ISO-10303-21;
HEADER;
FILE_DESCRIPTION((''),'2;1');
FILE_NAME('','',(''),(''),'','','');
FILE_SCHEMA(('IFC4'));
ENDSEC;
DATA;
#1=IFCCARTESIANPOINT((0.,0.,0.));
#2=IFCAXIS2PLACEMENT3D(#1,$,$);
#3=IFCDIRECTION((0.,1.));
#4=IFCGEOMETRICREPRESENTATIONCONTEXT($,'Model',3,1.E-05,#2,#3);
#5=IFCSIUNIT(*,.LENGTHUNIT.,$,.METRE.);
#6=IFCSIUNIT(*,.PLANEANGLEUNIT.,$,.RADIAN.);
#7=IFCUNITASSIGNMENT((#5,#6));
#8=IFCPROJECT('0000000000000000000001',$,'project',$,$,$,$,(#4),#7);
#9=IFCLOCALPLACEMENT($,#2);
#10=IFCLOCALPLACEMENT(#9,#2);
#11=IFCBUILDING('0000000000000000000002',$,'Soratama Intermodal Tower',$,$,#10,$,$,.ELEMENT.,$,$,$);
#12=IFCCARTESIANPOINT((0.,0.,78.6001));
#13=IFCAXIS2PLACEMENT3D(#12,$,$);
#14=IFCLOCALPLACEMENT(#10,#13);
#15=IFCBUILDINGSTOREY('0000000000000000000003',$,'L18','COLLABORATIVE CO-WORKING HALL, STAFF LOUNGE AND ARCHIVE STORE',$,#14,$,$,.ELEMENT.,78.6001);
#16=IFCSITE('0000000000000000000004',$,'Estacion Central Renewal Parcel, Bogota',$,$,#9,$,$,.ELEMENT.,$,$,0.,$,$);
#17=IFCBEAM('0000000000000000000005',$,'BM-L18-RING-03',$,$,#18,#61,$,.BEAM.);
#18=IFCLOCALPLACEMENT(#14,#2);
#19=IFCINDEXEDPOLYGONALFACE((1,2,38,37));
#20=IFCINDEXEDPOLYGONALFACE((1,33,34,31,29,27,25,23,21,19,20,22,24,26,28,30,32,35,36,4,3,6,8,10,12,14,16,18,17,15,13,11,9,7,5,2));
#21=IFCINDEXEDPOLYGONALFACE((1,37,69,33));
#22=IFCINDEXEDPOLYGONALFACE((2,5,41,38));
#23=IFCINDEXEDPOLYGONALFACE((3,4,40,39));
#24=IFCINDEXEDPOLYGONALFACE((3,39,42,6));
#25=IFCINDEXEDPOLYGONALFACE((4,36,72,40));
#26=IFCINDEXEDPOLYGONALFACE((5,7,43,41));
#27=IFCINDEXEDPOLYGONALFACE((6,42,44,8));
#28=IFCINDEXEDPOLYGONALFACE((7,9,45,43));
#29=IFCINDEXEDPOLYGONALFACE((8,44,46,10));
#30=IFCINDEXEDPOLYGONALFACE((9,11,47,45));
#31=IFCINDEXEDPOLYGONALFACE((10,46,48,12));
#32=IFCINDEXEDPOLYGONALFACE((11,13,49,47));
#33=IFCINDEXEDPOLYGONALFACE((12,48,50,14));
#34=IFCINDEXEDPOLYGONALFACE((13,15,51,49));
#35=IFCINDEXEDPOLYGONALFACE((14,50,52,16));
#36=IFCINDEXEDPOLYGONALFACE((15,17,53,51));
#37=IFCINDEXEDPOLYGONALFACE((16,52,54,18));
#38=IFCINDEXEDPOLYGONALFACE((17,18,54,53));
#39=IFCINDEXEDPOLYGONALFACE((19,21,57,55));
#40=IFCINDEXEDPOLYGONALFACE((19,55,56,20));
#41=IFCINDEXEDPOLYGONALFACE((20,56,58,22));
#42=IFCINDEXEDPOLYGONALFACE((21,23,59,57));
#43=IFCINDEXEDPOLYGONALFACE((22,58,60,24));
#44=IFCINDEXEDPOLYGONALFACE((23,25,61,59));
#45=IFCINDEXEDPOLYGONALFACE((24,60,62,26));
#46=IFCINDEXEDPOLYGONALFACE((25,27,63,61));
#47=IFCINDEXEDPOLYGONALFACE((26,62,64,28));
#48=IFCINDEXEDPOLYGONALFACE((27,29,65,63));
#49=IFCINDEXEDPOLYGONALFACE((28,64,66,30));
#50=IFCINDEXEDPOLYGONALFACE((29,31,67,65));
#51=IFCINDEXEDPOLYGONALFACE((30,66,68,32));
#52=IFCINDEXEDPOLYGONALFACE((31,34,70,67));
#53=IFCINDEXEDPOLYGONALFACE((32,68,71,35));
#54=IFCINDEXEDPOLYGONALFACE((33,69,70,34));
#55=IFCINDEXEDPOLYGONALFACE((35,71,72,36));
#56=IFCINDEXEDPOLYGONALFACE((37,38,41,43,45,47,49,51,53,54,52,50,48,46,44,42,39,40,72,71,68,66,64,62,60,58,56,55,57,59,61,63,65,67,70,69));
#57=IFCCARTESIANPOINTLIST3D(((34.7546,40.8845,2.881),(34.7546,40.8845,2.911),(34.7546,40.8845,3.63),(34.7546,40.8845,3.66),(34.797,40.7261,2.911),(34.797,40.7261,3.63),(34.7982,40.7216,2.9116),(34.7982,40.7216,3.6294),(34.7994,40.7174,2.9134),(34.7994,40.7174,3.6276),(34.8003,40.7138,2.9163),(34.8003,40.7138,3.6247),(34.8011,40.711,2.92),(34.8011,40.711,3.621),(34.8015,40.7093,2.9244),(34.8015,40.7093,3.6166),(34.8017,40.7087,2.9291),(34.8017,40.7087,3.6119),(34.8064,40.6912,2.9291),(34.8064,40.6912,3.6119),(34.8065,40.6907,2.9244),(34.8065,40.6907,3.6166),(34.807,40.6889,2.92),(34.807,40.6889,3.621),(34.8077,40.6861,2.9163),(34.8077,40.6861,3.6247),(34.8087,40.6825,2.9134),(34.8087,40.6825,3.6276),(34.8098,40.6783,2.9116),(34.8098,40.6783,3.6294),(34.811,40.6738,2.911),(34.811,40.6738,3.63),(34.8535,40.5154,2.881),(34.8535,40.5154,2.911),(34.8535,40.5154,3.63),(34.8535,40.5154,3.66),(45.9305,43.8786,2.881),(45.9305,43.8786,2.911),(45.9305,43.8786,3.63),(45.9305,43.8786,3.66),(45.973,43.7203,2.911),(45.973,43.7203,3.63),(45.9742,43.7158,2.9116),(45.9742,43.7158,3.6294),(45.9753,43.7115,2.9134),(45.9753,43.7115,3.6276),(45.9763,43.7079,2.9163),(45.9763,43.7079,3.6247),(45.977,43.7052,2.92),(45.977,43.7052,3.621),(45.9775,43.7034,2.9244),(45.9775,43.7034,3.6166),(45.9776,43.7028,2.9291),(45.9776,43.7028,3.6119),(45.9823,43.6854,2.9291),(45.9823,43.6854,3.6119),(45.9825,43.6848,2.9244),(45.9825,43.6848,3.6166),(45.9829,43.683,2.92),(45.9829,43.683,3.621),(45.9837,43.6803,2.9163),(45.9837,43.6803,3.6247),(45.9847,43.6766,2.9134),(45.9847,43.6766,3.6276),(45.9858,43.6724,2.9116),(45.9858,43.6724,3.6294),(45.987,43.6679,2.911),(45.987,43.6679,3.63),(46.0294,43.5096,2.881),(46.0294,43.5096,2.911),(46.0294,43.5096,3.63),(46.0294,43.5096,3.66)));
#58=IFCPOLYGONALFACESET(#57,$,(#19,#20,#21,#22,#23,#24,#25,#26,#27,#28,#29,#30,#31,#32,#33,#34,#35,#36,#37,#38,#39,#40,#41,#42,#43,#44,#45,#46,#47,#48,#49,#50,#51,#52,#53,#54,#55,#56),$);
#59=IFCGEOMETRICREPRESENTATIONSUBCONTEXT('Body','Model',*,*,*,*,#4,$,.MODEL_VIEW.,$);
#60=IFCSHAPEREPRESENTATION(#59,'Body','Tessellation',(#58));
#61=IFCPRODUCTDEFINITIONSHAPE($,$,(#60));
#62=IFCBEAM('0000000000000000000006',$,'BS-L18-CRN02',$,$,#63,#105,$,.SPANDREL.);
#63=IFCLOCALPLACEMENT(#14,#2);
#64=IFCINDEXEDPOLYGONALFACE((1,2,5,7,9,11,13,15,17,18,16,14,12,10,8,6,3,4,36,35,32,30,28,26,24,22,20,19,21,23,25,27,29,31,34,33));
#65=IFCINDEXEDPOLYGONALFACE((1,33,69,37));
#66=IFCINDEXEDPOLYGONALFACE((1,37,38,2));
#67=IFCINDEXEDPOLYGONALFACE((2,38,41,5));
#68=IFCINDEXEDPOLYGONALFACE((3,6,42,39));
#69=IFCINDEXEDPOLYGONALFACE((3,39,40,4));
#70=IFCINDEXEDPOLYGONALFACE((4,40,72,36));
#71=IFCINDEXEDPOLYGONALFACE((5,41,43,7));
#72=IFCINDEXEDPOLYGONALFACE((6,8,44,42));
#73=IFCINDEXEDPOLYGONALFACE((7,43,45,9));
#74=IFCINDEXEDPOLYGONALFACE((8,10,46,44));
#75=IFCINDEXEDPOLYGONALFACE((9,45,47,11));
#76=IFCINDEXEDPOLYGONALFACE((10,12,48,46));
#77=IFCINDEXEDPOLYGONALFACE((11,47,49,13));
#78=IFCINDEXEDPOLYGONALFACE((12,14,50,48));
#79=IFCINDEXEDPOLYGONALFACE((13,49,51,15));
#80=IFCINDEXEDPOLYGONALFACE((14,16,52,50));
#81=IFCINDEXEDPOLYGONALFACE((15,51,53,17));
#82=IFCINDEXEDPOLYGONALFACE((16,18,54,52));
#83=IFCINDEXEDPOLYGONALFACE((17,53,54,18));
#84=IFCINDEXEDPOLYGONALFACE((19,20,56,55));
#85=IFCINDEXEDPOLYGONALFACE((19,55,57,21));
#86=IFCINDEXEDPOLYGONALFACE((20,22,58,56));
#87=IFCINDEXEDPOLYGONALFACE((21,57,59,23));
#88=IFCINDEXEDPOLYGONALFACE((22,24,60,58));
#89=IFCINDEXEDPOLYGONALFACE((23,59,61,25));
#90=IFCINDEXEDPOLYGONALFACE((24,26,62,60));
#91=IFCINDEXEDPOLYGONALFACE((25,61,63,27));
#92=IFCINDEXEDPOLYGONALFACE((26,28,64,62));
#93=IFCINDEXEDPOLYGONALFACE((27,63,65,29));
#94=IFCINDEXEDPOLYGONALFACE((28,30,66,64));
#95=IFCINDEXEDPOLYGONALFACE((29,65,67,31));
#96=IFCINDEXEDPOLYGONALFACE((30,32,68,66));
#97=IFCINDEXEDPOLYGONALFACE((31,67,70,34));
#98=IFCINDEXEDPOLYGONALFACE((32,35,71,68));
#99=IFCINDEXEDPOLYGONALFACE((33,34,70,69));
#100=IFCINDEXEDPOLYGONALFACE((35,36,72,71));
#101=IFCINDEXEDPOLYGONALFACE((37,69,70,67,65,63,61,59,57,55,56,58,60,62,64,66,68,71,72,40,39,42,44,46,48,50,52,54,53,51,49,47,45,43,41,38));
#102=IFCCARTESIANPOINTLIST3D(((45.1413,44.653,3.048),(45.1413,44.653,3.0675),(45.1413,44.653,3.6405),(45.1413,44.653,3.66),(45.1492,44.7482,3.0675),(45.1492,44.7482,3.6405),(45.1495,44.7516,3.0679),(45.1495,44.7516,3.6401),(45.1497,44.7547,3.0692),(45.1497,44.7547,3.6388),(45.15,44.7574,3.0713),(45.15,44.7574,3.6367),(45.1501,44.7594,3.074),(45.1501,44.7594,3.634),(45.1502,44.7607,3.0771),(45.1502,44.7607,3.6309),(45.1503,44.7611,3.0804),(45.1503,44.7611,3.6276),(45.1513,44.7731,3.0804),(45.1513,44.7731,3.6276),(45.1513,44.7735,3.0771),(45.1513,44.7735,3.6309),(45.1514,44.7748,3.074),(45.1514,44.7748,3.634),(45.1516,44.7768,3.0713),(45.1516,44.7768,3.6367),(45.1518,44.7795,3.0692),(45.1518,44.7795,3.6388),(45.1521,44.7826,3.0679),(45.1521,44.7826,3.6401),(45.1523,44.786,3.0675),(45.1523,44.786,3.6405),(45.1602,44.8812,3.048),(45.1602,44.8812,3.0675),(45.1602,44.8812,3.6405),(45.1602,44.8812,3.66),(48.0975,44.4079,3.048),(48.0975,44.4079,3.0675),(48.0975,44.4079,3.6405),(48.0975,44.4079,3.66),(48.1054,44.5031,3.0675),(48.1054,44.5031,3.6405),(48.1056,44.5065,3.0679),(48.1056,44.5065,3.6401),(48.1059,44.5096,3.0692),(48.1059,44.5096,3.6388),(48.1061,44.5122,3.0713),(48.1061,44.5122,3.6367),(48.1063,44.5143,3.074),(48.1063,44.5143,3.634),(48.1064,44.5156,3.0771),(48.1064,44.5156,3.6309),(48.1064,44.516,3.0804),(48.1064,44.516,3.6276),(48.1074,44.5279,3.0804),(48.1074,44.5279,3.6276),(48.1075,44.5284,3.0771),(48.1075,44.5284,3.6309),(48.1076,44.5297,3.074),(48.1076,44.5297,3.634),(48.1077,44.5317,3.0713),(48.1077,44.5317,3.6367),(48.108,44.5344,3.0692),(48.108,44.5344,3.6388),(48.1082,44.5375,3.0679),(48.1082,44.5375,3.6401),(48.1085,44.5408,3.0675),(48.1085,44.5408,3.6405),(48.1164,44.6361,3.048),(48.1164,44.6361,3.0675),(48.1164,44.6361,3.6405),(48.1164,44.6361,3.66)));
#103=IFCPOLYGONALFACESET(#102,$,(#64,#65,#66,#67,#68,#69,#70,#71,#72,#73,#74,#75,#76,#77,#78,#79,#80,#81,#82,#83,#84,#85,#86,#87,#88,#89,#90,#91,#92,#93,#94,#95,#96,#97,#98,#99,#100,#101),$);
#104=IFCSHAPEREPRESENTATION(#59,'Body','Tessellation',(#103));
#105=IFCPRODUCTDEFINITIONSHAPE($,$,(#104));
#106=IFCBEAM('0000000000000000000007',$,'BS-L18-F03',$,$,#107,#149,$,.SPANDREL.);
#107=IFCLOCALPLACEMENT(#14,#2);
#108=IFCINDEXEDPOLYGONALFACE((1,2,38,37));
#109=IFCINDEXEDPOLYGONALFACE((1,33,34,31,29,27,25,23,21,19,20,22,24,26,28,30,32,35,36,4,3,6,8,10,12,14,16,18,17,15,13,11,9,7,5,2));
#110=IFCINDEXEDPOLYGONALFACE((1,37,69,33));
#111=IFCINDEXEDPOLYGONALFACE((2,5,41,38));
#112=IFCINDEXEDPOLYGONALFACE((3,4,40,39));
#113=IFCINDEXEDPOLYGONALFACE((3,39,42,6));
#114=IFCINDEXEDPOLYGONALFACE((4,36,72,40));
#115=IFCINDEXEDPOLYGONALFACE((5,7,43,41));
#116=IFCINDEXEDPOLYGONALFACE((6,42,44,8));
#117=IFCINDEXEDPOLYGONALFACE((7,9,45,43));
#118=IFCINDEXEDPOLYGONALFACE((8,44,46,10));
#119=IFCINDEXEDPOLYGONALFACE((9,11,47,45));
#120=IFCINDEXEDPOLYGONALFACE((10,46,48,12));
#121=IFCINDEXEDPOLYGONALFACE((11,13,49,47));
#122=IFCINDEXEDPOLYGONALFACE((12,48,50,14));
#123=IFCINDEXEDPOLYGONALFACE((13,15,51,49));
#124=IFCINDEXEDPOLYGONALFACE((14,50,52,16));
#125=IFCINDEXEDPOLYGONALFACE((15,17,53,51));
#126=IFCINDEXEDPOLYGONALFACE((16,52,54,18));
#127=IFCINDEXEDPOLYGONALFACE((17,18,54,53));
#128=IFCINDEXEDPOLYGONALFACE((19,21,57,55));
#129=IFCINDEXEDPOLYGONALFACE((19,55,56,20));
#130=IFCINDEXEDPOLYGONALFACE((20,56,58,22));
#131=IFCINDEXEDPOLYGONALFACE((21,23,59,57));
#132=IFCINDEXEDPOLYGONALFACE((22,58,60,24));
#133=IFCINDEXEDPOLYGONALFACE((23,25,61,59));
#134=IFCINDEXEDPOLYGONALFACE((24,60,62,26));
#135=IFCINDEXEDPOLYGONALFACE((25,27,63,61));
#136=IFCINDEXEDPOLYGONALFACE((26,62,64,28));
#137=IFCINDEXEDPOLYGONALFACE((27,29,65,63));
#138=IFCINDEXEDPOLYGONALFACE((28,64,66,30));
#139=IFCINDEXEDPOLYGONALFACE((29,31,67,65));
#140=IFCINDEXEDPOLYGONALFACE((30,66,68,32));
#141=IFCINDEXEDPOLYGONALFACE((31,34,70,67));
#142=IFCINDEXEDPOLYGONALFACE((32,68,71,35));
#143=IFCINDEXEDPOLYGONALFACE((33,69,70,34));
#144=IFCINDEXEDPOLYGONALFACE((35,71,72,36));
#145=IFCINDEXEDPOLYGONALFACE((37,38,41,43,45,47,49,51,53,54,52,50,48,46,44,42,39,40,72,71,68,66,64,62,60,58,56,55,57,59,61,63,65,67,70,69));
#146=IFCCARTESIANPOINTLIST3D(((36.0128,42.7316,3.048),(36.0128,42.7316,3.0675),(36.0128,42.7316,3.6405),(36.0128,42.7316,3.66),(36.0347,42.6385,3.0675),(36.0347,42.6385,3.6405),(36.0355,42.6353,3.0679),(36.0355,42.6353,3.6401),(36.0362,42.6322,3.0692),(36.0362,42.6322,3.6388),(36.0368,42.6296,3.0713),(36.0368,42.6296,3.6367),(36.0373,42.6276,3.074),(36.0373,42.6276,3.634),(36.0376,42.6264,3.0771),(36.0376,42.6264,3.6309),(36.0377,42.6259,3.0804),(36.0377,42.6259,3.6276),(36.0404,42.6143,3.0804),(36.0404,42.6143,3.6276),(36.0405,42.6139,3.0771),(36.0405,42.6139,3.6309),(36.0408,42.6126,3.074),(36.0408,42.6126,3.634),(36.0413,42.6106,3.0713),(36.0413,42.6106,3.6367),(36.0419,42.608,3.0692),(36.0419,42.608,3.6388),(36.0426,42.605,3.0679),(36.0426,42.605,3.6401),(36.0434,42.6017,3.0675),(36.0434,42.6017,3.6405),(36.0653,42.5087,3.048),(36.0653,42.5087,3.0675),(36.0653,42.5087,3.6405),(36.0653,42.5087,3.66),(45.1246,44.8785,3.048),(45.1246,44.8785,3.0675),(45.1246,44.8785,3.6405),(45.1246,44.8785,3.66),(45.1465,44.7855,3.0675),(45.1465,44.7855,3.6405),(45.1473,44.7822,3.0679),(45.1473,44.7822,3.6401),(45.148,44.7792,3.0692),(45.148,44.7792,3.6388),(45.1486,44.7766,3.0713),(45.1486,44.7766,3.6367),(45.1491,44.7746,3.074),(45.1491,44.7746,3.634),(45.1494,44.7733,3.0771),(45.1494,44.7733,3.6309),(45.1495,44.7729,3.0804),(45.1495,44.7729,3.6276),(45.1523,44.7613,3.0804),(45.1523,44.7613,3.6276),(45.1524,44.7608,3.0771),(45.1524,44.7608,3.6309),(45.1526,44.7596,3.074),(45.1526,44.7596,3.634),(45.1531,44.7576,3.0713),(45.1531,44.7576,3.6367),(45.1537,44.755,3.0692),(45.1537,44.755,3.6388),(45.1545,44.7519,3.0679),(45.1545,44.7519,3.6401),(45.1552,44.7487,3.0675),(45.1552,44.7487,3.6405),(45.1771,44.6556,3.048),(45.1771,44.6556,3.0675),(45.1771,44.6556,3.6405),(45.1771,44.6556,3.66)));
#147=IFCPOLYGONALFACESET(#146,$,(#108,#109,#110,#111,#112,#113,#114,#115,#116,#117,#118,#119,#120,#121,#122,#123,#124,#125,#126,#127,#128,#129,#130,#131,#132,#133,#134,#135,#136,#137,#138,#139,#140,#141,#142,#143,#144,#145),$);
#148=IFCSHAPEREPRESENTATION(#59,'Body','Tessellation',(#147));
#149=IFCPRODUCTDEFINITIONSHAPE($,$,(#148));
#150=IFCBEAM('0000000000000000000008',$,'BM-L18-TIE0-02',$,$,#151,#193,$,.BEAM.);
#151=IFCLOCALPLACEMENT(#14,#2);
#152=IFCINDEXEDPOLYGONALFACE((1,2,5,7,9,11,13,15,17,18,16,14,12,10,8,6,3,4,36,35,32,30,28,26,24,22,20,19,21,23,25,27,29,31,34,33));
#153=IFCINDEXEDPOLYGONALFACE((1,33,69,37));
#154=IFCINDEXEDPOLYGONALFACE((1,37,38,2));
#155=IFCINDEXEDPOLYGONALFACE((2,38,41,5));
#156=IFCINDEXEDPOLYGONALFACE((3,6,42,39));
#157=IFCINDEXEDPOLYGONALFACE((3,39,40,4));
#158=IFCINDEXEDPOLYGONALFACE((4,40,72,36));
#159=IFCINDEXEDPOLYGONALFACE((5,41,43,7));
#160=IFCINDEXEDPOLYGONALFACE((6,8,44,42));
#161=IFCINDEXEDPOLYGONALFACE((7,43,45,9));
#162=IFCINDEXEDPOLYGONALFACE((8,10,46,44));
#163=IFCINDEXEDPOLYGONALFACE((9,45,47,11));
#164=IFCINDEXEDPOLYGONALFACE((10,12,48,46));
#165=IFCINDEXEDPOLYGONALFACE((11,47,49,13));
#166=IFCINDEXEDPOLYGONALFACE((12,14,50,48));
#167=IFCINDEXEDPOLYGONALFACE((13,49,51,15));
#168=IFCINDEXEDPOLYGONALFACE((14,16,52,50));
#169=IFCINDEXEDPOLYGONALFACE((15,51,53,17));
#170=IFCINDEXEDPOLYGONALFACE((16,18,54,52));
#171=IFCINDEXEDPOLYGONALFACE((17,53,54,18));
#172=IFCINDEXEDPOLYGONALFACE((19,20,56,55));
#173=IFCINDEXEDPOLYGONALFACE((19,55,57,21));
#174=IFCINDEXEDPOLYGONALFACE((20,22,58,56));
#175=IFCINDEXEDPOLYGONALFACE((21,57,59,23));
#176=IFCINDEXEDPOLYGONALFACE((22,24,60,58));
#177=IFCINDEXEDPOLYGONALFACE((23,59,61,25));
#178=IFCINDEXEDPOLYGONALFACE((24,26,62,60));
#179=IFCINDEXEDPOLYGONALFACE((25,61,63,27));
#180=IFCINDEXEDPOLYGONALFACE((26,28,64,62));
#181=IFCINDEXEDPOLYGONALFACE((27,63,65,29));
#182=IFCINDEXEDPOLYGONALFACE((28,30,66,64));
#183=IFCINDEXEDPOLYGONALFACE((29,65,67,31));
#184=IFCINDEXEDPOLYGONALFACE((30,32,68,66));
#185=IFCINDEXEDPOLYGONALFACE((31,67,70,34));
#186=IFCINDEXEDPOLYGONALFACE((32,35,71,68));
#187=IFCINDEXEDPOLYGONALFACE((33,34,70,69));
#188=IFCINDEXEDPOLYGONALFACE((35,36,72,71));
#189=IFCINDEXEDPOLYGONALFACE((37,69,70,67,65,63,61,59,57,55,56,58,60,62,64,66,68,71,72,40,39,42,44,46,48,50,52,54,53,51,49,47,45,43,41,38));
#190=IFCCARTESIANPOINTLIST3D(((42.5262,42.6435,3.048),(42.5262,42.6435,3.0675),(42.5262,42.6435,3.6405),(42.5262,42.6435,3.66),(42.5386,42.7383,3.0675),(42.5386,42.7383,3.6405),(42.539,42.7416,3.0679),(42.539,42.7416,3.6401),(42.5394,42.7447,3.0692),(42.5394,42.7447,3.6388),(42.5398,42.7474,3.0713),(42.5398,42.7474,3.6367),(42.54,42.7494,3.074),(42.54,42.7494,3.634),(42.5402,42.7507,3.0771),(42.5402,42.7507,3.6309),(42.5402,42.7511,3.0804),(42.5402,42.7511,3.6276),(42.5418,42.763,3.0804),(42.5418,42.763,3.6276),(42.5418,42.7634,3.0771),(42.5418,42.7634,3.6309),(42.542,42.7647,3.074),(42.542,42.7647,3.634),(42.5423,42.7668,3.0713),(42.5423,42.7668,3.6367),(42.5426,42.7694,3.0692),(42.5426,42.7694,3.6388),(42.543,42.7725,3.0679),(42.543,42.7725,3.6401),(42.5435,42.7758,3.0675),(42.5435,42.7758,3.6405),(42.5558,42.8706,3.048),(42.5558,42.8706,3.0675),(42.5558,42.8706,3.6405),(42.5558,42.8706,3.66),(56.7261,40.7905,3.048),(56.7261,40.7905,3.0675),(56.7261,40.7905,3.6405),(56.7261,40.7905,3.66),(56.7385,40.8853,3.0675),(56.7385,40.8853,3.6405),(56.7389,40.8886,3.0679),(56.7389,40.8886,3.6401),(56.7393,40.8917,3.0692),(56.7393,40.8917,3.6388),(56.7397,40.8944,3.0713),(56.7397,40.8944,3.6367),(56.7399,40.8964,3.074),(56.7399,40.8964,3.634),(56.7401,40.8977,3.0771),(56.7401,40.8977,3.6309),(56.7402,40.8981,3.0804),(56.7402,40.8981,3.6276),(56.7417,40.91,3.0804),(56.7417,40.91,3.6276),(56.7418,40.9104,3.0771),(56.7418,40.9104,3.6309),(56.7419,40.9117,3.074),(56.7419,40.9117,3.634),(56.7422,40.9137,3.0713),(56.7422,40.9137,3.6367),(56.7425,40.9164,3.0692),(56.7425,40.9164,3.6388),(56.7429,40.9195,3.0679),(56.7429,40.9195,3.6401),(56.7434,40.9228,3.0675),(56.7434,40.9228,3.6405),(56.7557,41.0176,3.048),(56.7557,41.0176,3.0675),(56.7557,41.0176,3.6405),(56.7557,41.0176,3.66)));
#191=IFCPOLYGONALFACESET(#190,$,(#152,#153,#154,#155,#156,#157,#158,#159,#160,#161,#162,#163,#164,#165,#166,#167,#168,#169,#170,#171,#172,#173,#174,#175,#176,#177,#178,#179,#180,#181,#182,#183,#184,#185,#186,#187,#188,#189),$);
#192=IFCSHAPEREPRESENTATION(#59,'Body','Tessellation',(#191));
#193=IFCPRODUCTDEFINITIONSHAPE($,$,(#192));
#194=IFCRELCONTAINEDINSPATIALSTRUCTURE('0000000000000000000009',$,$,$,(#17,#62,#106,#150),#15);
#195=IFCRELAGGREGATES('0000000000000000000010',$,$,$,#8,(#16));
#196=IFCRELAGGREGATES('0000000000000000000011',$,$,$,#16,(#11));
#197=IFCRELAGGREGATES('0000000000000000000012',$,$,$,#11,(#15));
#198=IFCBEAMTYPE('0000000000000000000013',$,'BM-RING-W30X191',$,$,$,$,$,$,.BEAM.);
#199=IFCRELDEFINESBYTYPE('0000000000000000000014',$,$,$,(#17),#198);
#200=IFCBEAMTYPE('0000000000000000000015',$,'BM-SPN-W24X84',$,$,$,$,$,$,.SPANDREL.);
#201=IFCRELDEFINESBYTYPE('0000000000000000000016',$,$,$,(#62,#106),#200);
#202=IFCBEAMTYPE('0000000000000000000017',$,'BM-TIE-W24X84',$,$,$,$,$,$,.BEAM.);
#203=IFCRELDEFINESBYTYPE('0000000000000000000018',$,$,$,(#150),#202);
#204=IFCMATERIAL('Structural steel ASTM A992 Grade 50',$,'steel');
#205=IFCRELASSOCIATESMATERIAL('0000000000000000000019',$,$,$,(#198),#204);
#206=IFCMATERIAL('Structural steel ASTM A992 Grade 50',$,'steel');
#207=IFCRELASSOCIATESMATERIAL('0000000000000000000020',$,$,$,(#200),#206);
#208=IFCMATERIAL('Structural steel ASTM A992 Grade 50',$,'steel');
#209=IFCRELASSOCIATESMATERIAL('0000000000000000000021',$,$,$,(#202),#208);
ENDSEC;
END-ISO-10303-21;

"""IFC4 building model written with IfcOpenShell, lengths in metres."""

from ifc_helpers import new_model, si_unit, direction, frame, origin, origin_2d, place, context, subcontext, project, spatial, i_section, extrude, material, material_profile, profile_set, type_object, element, save


model = new_model("IFC4")

# Units and contexts
model_context = context("Model", 3, precision=1e-05, world=origin(), true_north=direction((0.0, 1.0)))
body_context = subcontext(model_context, "Body", "Model", "MODEL_VIEW")
ifc_project = project(units=[si_unit("LENGTHUNIT", "METRE"), si_unit("PLANEANGLEUNIT", "RADIAN")], contexts=[model_context])

# Site, building, storey
site_placement = place(None, origin())
site = spatial("IfcSite", under=ifc_project, at=site_placement, Name="Estacion Central Renewal Parcel, Bogota", CompositionType="ELEMENT", RefElevation=0.0)
building_placement = place(site_placement, origin())
building = spatial("IfcBuilding", under=site, at=building_placement, Name="Soratama Intermodal Tower", CompositionType="ELEMENT")
storey_placement = place(building_placement, frame((0.0, 0.0, 78.6001)))
storey = spatial("IfcBuildingStorey", under=building, at=storey_placement, Name="L18", Description="COLLABORATIVE CO-WORKING HALL, STAFF LOUNGE AND ARCHIVE STORE", CompositionType="ELEMENT", Elevation=78.6001)

# Beams
ifc_material_1 = material(Name="Structural steel ASTM A992 Grade 50", Category="steel")
ifc_material_profile_1 = material_profile(ifc_material_1, i_section(OverallWidth=0.3821, OverallDepth=0.7791, WebThickness=0.0181, FlangeThickness=0.03, FilletRadius=0.0181, at=origin_2d()), Name="W30X191")
ifc_profile_set_1 = profile_set([ifc_material_profile_1], Name="Structural steel ASTM A992 Grade 50")
beam_type_1 = type_object("IfcBeamType", Name="BM-RING-W30X191", PredefinedType="BEAM", material=ifc_profile_set_1)
beam_1_placement = place(storey_placement, frame((45.98, 43.6941, 3.2705), z_axis=(-0.965936, -0.258781, 0.0), x_axis=(0.258781, -0.965936, 0.0)))
element("IfcBeam", 1, at=beam_1_placement, inside=storey, type_object=beam_type_1, Name="BM-L18-RING-03", PredefinedType="BEAM", context=body_context, shape_type="SweptSolid", body=[
    extrude(i_section(OverallWidth=0.3821, OverallDepth=0.7791, WebThickness=0.0181, FlangeThickness=0.03, FilletRadius=0.0181, at=origin_2d()), origin(), (0.0, 0.0, 1.0), 11.5701),
])
ifc_material_2 = material(Name="Structural steel ASTM A992 Grade 50", Category="steel")
ifc_material_profile_2 = material_profile(ifc_material_2, i_section(OverallWidth=0.229, OverallDepth=0.6121, WebThickness=0.012, FlangeThickness=0.0195, FilletRadius=0.0129, at=origin_2d()), Name="W24X84")
ifc_profile_set_2 = profile_set([ifc_material_profile_2], Name="Structural steel ASTM A992 Grade 50")
beam_type_2 = type_object("IfcBeamType", Name="BM-SPN-W24X84", PredefinedType="SPANDREL", material=ifc_profile_set_2)
beam_2_placement = place(storey_placement, frame((48.1069, 44.522, 3.354), z_axis=(-0.99658, 0.082637, 0.0), x_axis=(-0.082637, -0.99658, 0.0)))
element("IfcBeam", 2, at=beam_2_placement, inside=storey, type_object=beam_type_2, Name="BS-L18-CRN02", PredefinedType="SPANDREL", context=body_context, shape_type="SweptSolid", body=[
    extrude(i_section(OverallWidth=0.229, OverallDepth=0.6121, WebThickness=0.012, FlangeThickness=0.0195, FilletRadius=0.0129, at=origin_2d()), origin(), (0.0, 0.0, 1.0), 2.9663),
])
beam_3_placement = place(storey_placement, frame((45.1509, 44.7671, 3.354), z_axis=(-0.973345, -0.229345, 0.0), x_axis=(0.229345, -0.973345, 0.0)))
element("IfcBeam", 3, at=beam_3_placement, inside=storey, type_object=beam_type_2, Name="BS-L18-F03", PredefinedType="SPANDREL", context=body_context, shape_type="SweptSolid", body=[
    extrude(i_section(OverallWidth=0.229, OverallDepth=0.6121, WebThickness=0.012, FlangeThickness=0.0195, FilletRadius=0.0129, at=origin_2d()), origin(), (0.0, 0.0, 1.0), 9.3613),
])
ifc_material_3 = material(Name="Structural steel ASTM A992 Grade 50", Category="steel")
ifc_material_profile_3 = material_profile(ifc_material_3, i_section(OverallWidth=0.229, OverallDepth=0.6121, WebThickness=0.012, FlangeThickness=0.0195, FilletRadius=0.0129, at=origin_2d()), Name="W24X84")
ifc_profile_set_3 = profile_set([ifc_material_profile_3], Name="Structural steel ASTM A992 Grade 50")
beam_type_3 = type_object("IfcBeamType", Name="BM-TIE-W24X84", PredefinedType="BEAM", material=ifc_profile_set_3)
beam_4_placement = place(storey_placement, frame((42.541, 42.7571, 3.354), z_axis=(0.991593, -0.129398, 0.0), x_axis=(0.129398, 0.991593, 0.0)))
element("IfcBeam", 4, at=beam_4_placement, inside=storey, type_object=beam_type_3, Name="BM-L18-TIE0-02", PredefinedType="BEAM", context=body_context, shape_type="SweptSolid", body=[
    extrude(i_section(OverallWidth=0.229, OverallDepth=0.6121, WebThickness=0.012, FlangeThickness=0.0195, FilletRadius=0.0129, at=origin_2d()), origin(), (0.0, 0.0, 1.0), 14.3203),
])

save(model, "model.ifc")
